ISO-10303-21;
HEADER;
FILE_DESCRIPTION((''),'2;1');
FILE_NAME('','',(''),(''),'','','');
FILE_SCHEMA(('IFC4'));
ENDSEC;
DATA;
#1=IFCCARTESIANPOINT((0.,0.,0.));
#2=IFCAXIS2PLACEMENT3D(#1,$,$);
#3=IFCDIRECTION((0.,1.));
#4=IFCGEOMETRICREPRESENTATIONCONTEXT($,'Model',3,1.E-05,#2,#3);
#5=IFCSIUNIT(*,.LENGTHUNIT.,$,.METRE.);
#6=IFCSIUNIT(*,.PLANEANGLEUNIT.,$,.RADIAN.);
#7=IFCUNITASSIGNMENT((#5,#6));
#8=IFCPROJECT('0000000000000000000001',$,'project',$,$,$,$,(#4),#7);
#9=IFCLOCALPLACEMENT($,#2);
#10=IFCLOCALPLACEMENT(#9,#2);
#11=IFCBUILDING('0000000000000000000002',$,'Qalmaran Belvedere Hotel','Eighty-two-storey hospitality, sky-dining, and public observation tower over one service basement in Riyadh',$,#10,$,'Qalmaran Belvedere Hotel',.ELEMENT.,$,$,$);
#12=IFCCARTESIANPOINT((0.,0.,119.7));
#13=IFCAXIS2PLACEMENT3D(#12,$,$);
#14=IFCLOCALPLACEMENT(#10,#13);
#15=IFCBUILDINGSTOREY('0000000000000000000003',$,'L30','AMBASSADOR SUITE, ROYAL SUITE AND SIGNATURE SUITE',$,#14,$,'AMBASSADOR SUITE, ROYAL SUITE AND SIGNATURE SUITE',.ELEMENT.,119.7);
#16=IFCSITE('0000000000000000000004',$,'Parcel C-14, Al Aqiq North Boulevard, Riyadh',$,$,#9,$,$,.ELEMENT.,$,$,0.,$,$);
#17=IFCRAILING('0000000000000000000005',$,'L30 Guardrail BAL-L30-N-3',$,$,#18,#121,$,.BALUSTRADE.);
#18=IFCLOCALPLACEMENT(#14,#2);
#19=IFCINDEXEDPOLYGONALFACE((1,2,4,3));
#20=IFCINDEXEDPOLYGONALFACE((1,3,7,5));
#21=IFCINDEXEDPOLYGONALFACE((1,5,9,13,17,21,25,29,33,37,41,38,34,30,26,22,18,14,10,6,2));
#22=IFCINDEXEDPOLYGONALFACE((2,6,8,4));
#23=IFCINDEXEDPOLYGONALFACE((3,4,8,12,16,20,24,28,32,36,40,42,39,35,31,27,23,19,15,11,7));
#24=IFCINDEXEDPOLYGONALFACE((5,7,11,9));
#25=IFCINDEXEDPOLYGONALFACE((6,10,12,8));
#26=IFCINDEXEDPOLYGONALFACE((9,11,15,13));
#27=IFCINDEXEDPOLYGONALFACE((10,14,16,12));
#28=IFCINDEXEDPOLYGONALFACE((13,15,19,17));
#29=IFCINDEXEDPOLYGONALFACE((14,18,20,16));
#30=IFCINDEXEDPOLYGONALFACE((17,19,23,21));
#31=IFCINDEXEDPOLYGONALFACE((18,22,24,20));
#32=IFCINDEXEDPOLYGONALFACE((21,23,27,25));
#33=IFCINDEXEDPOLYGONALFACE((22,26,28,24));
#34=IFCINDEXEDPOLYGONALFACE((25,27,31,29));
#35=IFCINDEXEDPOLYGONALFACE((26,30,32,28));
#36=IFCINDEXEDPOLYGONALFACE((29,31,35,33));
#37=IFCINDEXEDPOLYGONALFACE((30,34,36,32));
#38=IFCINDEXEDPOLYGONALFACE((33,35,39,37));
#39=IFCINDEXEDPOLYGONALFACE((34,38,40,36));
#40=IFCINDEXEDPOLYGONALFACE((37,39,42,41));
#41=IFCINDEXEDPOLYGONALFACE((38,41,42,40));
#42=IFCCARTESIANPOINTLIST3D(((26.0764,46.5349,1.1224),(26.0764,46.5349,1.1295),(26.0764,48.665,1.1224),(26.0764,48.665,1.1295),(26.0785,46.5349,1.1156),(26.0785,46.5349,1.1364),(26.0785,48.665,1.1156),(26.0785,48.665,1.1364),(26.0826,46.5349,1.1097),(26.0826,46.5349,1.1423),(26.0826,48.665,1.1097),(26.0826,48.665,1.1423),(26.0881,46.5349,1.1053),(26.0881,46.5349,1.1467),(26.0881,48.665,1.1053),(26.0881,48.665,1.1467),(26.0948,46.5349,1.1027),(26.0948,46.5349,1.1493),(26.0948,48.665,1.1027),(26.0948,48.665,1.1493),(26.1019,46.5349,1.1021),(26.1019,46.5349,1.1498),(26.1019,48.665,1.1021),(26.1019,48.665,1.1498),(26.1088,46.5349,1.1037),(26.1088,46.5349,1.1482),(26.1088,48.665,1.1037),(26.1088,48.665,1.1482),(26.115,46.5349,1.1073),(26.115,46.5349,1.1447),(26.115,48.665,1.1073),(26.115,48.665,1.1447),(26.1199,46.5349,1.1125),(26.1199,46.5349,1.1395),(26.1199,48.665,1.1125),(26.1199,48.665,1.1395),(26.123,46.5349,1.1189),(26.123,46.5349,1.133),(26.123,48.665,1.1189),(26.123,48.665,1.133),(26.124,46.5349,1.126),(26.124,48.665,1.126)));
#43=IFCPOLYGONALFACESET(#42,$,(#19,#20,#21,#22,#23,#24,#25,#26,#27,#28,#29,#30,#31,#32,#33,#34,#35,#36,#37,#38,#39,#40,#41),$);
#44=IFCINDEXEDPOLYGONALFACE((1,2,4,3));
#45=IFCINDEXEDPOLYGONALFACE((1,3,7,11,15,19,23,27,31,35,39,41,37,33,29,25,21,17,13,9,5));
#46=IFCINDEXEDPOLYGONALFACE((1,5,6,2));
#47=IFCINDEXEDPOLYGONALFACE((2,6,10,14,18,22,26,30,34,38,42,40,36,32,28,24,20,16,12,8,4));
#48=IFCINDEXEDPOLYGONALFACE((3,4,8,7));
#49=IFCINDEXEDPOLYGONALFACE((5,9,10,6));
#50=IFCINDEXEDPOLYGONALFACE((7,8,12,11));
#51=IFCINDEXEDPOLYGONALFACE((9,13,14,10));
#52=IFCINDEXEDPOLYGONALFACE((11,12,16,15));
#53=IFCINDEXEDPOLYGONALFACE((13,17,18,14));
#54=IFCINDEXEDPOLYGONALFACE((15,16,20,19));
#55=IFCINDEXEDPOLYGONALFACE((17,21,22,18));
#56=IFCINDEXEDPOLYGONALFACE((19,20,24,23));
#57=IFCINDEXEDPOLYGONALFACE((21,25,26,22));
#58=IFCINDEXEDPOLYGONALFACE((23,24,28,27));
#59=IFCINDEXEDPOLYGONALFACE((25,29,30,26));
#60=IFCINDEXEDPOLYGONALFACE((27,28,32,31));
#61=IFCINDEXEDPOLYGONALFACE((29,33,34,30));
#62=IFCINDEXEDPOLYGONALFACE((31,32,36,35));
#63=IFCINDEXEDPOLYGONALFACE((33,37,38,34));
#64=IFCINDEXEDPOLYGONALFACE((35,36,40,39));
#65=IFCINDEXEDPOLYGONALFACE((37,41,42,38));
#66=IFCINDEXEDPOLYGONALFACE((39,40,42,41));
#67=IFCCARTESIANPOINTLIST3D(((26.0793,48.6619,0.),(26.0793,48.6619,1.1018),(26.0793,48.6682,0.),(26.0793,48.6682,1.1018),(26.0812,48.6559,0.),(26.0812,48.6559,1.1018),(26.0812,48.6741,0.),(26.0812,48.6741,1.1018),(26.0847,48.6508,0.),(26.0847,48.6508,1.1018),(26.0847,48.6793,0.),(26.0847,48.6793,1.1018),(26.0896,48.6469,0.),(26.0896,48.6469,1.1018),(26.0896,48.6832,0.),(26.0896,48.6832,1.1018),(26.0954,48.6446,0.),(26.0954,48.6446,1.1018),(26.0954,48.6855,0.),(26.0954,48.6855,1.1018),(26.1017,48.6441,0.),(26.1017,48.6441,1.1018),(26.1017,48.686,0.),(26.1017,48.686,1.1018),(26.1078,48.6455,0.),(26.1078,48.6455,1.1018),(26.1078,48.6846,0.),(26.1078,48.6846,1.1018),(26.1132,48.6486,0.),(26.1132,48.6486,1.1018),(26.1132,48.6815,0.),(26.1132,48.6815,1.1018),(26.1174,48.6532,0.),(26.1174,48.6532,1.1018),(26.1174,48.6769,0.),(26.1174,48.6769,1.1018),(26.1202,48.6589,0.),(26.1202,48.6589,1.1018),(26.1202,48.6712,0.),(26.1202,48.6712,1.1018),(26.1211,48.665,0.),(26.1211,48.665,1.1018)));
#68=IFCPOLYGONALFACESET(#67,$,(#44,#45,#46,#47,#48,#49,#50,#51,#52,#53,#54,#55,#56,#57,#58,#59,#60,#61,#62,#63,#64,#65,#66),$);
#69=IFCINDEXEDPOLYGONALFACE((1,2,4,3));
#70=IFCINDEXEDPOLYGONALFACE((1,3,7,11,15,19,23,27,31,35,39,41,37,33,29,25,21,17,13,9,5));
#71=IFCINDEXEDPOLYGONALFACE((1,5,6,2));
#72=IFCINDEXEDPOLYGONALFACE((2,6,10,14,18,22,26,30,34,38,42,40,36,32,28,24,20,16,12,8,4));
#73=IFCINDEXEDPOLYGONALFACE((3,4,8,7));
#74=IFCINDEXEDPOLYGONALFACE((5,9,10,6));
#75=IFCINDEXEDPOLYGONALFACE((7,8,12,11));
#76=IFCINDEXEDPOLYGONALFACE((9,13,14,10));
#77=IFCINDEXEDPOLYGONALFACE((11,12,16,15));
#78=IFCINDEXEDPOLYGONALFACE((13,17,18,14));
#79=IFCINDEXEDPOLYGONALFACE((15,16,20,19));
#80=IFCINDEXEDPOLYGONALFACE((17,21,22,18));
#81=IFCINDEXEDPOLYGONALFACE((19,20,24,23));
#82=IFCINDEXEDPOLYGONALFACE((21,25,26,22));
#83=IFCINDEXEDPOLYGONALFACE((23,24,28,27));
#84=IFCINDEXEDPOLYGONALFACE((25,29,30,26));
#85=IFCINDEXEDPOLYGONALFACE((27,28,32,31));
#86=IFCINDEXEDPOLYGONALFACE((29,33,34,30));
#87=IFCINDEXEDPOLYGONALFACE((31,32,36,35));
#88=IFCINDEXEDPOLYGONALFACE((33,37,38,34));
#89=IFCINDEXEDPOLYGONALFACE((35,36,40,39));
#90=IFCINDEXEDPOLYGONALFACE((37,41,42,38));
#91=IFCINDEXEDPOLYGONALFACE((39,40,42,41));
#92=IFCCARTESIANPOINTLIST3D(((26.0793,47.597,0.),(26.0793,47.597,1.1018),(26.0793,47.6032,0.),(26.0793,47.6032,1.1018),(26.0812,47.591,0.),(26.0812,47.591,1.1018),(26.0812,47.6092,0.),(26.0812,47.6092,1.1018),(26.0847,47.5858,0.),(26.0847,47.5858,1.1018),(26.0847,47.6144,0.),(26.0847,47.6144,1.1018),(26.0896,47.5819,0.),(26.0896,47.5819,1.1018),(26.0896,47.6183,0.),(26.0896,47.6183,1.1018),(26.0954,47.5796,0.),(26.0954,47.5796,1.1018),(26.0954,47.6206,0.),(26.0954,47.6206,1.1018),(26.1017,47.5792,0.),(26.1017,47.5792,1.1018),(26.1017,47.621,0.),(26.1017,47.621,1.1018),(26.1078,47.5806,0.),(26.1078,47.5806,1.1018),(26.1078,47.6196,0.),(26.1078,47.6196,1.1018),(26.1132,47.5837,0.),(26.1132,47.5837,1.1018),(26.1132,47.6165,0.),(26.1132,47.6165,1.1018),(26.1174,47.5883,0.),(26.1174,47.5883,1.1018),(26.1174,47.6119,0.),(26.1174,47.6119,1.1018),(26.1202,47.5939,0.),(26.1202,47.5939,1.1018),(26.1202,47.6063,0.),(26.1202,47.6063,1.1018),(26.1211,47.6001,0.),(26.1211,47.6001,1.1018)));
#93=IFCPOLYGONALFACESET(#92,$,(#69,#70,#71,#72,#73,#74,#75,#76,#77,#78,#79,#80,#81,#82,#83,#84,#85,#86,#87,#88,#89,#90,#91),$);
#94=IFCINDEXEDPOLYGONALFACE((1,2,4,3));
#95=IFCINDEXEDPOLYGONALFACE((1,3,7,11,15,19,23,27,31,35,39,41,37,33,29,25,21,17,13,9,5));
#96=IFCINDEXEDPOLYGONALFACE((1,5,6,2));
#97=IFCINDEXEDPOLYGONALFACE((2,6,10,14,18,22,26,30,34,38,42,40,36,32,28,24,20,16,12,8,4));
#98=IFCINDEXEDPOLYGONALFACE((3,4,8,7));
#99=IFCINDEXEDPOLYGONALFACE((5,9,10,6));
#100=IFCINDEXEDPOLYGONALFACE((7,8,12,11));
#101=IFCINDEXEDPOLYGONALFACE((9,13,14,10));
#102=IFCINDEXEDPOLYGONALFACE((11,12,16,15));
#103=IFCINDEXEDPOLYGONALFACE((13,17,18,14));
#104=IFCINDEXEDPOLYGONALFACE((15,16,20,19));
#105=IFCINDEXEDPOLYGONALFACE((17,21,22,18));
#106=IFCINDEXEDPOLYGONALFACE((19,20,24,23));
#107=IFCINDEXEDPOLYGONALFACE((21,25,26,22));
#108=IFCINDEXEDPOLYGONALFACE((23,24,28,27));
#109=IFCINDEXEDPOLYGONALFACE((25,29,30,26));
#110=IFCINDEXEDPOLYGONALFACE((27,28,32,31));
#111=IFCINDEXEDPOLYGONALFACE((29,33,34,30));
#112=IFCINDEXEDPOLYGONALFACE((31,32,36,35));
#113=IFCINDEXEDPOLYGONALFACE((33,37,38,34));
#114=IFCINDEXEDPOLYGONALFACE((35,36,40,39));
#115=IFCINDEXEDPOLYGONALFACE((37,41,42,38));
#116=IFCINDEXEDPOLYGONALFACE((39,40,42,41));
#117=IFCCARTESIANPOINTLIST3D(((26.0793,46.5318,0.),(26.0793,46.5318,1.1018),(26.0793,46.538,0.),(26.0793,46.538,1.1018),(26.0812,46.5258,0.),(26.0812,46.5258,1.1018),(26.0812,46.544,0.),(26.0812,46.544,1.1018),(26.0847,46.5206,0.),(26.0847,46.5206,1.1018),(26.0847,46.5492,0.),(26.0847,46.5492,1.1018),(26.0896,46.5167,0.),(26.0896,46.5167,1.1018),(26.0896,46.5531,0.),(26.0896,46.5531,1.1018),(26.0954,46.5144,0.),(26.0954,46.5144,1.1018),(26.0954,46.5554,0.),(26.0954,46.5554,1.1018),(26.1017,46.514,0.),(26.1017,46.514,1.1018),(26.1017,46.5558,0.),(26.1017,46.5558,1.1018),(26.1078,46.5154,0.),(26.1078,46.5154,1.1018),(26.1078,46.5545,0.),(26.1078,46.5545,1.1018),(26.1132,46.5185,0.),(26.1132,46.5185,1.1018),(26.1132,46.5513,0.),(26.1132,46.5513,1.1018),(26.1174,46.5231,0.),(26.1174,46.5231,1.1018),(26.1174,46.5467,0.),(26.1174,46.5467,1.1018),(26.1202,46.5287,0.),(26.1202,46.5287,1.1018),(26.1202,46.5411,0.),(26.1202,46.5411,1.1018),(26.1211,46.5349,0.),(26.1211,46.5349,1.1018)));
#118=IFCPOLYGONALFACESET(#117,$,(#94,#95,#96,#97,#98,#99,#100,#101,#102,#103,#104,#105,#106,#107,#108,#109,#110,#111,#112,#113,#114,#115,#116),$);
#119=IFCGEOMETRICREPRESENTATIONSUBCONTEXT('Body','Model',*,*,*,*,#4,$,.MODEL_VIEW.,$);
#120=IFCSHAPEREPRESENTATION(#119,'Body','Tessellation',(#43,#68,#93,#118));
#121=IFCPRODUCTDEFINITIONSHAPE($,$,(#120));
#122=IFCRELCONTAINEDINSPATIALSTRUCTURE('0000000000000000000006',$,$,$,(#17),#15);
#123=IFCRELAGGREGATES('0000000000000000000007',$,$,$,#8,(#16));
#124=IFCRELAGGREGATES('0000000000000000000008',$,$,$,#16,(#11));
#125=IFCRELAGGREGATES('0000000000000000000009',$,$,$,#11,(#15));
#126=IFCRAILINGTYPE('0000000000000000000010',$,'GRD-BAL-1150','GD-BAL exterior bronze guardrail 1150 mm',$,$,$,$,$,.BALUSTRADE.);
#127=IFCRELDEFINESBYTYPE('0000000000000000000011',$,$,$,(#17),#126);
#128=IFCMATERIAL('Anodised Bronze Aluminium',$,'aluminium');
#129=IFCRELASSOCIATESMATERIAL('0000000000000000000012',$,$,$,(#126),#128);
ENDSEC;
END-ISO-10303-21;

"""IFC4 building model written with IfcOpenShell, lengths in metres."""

from ifc_helpers import new_model, si_unit, direction, frame, origin, origin_2d, place, context, subcontext, project, spatial, circle, extrude, material, type_object, element, save


model = new_model("IFC4")

# Units and contexts
model_context = context("Model", 3, precision=1e-05, world=origin(), true_north=direction((0.0, 1.0)))
body_context = subcontext(model_context, "Body", "Model", "MODEL_VIEW")
ifc_project = project(units=[si_unit("LENGTHUNIT", "METRE"), si_unit("PLANEANGLEUNIT", "RADIAN")], contexts=[model_context])

# Site, building, storey
site_placement = place(None, origin())
site = spatial("IfcSite", under=ifc_project, at=site_placement, Name="Parcel C-14, Al Aqiq North Boulevard, Riyadh", CompositionType="ELEMENT", RefElevation=0.0)
building_placement = place(site_placement, origin())
building = spatial("IfcBuilding", under=site, at=building_placement, Name="Qalmaran Belvedere Hotel", Description="Eighty-two-storey hospitality, sky-dining, and public observation tower over one service basement in Riyadh", LongName="Qalmaran Belvedere Hotel", CompositionType="ELEMENT")
storey_placement = place(building_placement, frame((0.0, 0.0, 119.7)))
storey = spatial("IfcBuildingStorey", under=building, at=storey_placement, Name="L30", Description="AMBASSADOR SUITE, ROYAL SUITE AND SIGNATURE SUITE", LongName="AMBASSADOR SUITE, ROYAL SUITE AND SIGNATURE SUITE", CompositionType="ELEMENT", Elevation=119.7)

# Shared definitions
ifc_material_1 = material(Name="Anodised Bronze Aluminium", Category="aluminium")

# Railing
railing_type = type_object("IfcRailingType", Name="GRD-BAL-1150", Description="GD-BAL exterior bronze guardrail 1150 mm", PredefinedType="BALUSTRADE", material=ifc_material_1)
railing_1_placement = place(storey_placement, frame((26.1001, 48.665, 0.0)))
element("IfcRailing", 1, at=railing_1_placement, inside=storey, type_object=railing_type, Name="L30 Guardrail BAL-L30-N-3", PredefinedType="BALUSTRADE", context=body_context, shape_type="SweptSolid", body=[
    extrude(circle(Radius=0.0239, at=origin_2d()), frame((0.0, 0.0, 1.126), z_axis=(0.0, -1.0, 0.0), x_axis=(1.0, 0.0, 0.0)), (0.0, 0.0, 1.0), 2.1301),
    extrude(circle(Radius=0.021, at=origin_2d()), origin(), (0.0, 0.0, 1.0), 1.1018),
    extrude(circle(Radius=0.021, at=origin_2d()), frame((0.0, -1.0649, 0.0)), (0.0, 0.0, 1.0), 1.1018),
    extrude(circle(Radius=0.021, at=origin_2d()), frame((0.0, -2.1301, 0.0)), (0.0, 0.0, 1.0), 1.1018),
])

save(model, "model.ifc")
